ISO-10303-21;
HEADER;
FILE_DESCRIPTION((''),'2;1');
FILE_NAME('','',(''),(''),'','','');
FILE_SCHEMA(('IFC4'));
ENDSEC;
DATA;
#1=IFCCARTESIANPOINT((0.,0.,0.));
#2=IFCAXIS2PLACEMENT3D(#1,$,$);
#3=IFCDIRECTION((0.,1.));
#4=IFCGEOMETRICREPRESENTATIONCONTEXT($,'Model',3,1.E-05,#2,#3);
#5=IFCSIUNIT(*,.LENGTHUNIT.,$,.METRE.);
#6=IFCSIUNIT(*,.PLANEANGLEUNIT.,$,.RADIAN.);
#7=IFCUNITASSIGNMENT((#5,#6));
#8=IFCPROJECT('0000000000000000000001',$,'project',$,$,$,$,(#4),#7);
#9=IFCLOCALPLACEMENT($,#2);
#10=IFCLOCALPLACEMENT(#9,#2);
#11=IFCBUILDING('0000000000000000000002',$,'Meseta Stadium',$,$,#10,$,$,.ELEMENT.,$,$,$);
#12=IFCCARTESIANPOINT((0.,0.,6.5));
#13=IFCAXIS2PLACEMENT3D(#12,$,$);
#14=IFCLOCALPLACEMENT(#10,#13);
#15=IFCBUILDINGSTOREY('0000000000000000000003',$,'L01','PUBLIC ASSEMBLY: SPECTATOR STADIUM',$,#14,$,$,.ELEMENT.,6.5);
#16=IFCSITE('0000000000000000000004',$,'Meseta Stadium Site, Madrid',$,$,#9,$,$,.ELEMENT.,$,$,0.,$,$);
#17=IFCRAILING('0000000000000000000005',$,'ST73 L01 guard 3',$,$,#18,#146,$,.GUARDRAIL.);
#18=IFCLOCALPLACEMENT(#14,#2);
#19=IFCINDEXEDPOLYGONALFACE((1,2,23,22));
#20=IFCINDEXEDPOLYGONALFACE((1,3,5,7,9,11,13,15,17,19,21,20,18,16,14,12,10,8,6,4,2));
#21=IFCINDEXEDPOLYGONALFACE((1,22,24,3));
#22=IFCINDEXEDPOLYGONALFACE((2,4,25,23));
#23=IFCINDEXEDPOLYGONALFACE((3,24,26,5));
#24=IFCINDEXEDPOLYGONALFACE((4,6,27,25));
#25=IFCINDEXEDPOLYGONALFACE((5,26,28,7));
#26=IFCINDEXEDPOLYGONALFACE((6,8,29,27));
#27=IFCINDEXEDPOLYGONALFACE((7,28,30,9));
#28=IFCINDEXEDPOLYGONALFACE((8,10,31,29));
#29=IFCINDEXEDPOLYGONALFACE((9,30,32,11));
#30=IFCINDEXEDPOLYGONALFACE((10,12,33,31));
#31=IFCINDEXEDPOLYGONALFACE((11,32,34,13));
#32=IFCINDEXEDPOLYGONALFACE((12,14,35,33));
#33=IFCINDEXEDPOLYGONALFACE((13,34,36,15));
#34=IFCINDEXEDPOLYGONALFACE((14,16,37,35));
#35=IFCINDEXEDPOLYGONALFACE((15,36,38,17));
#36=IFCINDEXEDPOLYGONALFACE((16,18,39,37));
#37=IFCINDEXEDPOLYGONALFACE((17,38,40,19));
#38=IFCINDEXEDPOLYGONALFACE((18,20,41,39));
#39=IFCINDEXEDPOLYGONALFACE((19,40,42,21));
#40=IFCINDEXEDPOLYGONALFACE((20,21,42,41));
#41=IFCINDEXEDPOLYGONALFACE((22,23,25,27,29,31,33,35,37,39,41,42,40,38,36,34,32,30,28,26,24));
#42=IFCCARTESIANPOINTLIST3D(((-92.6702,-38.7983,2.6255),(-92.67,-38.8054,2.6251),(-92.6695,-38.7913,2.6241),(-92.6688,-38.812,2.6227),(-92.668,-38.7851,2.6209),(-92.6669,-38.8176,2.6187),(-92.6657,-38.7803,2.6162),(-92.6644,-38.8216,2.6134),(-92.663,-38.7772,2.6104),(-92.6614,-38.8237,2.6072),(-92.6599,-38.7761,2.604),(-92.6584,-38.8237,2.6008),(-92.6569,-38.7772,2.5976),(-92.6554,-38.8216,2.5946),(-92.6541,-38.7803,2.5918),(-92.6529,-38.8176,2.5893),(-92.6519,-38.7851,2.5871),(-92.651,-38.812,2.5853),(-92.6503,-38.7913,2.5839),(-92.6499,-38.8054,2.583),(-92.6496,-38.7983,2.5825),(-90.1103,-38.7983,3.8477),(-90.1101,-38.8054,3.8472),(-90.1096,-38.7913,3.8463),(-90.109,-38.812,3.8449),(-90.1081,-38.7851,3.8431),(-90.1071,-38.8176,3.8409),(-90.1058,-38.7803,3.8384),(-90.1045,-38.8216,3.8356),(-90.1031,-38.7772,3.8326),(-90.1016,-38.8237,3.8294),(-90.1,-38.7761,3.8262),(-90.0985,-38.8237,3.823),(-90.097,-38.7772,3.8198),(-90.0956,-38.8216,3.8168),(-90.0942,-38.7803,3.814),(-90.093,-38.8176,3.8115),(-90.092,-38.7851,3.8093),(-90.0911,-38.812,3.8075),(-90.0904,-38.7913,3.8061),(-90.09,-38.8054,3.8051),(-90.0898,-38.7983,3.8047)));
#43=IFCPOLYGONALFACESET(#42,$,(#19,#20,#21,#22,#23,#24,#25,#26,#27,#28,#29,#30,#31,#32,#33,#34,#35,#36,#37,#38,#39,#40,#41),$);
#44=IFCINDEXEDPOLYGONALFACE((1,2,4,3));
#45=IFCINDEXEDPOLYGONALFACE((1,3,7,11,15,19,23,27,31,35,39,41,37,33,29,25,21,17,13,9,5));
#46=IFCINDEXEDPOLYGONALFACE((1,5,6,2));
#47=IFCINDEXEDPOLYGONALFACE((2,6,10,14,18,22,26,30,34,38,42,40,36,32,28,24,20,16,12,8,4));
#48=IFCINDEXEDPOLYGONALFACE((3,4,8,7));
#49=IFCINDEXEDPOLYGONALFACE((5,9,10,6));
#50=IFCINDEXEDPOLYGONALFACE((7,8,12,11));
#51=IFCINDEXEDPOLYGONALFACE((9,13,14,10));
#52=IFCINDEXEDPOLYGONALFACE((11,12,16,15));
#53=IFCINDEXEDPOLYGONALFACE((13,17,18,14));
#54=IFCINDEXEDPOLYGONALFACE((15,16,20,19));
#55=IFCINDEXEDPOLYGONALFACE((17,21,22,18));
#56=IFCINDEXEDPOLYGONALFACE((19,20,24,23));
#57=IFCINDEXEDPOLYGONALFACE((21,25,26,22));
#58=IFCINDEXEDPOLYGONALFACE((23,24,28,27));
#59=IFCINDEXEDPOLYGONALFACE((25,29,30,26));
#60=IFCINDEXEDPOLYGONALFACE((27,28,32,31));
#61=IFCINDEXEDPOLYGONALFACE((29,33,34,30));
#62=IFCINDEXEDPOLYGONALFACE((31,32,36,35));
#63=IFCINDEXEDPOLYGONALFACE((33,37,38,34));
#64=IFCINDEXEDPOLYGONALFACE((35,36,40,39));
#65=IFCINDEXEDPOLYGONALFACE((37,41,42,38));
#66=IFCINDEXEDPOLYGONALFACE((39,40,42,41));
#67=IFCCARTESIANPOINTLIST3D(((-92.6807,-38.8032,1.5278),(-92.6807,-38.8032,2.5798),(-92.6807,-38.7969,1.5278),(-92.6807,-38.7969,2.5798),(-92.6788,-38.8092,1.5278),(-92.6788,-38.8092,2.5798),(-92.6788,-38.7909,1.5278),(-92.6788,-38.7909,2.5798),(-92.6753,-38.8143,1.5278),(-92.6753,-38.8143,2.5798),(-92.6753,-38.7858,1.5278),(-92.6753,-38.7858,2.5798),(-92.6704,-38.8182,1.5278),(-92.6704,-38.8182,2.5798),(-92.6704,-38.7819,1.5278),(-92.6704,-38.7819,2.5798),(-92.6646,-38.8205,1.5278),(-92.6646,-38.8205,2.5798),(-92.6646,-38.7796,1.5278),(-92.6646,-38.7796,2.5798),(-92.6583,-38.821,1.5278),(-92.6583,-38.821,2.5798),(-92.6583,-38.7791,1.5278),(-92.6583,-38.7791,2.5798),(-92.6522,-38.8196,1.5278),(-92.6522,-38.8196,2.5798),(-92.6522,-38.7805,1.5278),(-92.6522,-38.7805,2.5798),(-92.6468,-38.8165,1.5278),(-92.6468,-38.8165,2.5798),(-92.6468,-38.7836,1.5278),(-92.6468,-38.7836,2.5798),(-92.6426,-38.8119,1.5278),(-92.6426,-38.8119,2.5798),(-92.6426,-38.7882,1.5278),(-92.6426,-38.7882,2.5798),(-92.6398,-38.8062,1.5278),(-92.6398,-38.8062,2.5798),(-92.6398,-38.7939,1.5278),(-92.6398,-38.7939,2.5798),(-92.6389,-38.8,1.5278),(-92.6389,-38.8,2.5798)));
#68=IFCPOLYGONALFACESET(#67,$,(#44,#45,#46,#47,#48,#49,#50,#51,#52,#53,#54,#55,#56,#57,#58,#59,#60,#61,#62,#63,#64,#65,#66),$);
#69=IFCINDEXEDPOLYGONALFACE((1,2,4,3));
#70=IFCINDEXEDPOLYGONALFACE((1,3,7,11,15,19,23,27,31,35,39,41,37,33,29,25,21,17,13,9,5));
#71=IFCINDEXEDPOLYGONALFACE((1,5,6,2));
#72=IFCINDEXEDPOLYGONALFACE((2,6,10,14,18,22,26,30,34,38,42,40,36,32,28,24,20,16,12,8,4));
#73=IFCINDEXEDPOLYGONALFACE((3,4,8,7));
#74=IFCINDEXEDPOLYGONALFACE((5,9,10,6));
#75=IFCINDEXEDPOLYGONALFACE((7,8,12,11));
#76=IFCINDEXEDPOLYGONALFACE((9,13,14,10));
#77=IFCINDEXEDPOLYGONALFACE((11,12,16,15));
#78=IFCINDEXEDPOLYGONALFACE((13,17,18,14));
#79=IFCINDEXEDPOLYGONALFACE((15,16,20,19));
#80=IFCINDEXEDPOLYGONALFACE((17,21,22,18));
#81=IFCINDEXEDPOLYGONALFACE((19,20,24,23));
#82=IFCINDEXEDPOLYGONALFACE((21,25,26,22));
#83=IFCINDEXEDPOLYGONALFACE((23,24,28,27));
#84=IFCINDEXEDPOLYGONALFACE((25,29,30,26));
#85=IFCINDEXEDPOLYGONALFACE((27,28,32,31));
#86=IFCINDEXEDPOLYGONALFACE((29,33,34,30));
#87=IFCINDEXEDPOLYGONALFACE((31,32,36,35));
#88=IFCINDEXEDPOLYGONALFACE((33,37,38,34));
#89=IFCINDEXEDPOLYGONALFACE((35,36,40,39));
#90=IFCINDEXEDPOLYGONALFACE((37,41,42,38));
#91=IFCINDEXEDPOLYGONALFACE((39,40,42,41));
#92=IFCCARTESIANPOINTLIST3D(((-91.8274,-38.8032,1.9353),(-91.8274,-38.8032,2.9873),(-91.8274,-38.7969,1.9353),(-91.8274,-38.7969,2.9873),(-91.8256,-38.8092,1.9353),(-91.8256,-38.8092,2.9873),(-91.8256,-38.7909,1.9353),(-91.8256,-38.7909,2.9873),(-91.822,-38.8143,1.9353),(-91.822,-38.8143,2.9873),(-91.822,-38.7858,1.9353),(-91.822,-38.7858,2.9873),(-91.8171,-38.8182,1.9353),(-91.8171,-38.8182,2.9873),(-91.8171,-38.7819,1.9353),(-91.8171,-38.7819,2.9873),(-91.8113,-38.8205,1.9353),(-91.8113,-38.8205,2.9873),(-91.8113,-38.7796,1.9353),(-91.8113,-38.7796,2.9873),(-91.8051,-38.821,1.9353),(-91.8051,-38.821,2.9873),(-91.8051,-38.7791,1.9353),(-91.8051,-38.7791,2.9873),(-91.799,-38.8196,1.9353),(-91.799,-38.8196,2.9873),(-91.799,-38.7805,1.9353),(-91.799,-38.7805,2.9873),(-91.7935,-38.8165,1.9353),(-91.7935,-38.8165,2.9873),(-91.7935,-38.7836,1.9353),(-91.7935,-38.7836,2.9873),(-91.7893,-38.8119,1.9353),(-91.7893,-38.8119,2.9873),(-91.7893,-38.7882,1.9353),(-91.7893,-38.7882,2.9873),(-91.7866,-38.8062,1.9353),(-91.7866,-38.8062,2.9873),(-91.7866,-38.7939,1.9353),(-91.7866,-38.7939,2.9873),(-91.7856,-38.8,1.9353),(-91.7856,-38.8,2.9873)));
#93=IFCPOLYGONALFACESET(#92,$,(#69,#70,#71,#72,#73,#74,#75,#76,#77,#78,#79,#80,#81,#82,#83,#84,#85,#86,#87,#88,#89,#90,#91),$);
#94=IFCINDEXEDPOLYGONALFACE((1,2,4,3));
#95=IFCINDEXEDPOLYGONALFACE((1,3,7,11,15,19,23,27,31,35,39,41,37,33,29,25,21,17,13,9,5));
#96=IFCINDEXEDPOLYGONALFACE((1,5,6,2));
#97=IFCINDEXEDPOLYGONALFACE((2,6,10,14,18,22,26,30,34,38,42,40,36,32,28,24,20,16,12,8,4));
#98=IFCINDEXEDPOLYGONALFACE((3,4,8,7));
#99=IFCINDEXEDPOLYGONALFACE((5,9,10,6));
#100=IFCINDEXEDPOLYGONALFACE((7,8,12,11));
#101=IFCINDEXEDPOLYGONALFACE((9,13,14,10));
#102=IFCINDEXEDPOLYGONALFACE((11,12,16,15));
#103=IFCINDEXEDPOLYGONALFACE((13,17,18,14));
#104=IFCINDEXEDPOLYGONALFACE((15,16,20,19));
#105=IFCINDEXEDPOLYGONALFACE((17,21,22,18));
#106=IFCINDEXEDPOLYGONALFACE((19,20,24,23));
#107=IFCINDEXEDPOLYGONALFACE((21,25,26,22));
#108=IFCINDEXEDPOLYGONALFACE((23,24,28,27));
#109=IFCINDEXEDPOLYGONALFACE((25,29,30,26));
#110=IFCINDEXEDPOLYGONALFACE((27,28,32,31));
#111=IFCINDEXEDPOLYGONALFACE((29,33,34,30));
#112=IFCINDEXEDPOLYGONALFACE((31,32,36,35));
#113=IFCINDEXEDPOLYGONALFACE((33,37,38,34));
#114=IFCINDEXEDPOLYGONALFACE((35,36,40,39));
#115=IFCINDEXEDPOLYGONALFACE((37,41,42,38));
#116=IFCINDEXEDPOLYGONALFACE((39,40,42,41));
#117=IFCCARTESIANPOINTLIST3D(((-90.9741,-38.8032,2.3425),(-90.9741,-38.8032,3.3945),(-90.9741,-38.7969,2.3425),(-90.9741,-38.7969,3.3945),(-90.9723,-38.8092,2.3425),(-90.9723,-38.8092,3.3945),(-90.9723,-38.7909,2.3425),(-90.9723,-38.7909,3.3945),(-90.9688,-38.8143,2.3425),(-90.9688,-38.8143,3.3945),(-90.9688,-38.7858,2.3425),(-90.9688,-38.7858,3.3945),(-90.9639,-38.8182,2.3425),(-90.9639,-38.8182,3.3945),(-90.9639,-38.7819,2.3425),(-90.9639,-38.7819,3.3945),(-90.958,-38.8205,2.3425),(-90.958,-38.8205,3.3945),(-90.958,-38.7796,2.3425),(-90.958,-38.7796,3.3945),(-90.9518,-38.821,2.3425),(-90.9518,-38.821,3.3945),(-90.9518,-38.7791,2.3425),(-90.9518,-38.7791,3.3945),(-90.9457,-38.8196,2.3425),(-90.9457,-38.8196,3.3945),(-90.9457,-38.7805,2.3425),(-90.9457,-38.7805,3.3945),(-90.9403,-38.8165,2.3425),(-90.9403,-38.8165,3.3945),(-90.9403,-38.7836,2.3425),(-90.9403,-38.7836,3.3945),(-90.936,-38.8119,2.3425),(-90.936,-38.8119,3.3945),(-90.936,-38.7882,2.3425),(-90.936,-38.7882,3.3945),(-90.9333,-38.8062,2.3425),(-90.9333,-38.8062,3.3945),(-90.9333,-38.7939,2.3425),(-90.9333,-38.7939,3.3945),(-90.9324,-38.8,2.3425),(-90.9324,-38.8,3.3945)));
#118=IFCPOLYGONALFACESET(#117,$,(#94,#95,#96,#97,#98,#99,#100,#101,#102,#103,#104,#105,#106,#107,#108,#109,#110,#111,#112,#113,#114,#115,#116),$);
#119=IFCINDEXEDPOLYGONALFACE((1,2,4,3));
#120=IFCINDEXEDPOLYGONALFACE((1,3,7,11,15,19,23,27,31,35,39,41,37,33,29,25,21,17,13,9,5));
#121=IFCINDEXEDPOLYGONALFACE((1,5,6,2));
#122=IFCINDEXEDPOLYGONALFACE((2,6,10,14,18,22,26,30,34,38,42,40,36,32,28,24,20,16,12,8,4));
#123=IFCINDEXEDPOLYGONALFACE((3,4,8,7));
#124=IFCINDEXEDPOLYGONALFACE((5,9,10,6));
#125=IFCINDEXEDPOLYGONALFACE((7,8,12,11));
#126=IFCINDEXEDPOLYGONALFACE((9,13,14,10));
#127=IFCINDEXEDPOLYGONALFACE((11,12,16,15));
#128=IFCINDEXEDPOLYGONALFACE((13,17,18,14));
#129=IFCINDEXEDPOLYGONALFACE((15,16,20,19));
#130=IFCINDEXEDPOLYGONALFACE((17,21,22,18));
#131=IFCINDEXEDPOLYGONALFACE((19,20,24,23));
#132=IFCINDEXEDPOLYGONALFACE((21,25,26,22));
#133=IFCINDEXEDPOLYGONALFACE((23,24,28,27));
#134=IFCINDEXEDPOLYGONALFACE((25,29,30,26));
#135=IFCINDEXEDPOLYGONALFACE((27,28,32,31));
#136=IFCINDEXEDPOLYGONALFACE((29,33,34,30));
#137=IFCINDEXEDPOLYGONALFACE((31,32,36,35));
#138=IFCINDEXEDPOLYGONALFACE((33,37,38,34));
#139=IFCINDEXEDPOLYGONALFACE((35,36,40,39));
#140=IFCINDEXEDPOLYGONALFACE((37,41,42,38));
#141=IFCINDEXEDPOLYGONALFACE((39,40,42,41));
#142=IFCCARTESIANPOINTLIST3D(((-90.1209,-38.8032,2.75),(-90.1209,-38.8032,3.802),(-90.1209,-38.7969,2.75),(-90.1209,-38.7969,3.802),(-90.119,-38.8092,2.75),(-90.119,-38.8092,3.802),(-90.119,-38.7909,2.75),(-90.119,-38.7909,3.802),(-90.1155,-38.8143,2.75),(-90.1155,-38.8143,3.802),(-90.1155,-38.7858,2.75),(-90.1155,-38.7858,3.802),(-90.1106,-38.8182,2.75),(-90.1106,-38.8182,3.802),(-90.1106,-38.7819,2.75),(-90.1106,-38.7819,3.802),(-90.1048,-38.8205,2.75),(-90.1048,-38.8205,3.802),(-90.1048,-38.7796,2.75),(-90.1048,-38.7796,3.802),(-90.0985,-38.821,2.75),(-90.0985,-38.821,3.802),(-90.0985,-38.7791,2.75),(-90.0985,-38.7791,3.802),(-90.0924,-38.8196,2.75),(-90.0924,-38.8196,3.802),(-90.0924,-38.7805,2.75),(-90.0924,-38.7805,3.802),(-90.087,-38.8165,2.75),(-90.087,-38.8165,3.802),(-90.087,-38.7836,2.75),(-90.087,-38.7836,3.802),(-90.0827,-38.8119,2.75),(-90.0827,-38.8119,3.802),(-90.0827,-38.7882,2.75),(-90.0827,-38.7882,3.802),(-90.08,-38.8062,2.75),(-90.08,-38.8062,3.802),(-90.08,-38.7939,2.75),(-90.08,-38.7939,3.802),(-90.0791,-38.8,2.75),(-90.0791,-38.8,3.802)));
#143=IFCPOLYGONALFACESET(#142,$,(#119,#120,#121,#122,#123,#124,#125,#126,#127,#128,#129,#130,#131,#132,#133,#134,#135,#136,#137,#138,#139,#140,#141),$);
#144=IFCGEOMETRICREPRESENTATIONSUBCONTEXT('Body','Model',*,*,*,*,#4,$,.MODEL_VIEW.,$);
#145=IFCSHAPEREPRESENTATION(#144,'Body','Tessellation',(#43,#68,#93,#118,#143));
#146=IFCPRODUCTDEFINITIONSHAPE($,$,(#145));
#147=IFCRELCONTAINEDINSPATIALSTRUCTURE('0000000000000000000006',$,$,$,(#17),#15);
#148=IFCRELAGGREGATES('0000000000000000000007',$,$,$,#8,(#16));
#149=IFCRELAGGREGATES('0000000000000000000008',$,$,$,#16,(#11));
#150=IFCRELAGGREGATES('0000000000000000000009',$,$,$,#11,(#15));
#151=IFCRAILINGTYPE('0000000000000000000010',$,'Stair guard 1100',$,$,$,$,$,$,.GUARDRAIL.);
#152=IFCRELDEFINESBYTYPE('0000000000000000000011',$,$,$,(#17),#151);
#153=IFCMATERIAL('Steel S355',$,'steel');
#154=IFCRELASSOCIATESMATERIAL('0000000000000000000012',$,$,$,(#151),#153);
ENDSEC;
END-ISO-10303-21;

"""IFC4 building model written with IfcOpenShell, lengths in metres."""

from ifc_helpers import new_model, si_unit, direction, frame, origin, origin_2d, place, context, subcontext, project, spatial, circle, extrude, material, type_object, element, save


model = new_model("IFC4")

# Units and contexts
model_context = context("Model", 3, precision=1e-05, world=origin(), true_north=direction((0.0, 1.0)))
body_context = subcontext(model_context, "Body", "Model", "MODEL_VIEW")
ifc_project = project(units=[si_unit("LENGTHUNIT", "METRE"), si_unit("PLANEANGLEUNIT", "RADIAN")], contexts=[model_context])

# Site, building, storey
site_placement = place(None, origin())
site = spatial("IfcSite", under=ifc_project, at=site_placement, Name="Meseta Stadium Site, Madrid", CompositionType="ELEMENT", RefElevation=0.0)
building_placement = place(site_placement, origin())
building = spatial("IfcBuilding", under=site, at=building_placement, Name="Meseta Stadium", CompositionType="ELEMENT")
storey_placement = place(building_placement, frame((0.0, 0.0, 6.5)))
storey = spatial("IfcBuildingStorey", under=building, at=storey_placement, Name="L01", Description="PUBLIC ASSEMBLY: SPECTATOR STADIUM", CompositionType="ELEMENT", Elevation=6.5)

# Railing
ifc_material_1 = material(Name="Steel S355", Category="steel")
railing_type_1 = type_object("IfcRailingType", Name="Stair guard 1100", PredefinedType="GUARDRAIL", material=ifc_material_1)
for number, where, name in (
    (1, (-92.6599, -38.8, 1.5278), "ST73 L01 guard 3"),
):
    element("IfcRailing", number, at=place(storey_placement, frame(where)), inside=storey, type_object=railing_type_1, Name=name, PredefinedType="GUARDRAIL", context=body_context, shape_type="SweptSolid", body=[
        extrude(circle(Radius=0.0239, at=origin_2d()), frame((0.0, 0.0, 1.0762), z_axis=(0.902421, 0.0, 0.430855), x_axis=(0.0, 1.0, 0.0)), (0.0, 0.0, 1.0), 2.8367),
        extrude(circle(Radius=0.021, at=origin_2d()), origin(), (0.0, 0.0, 1.0), 1.052),
        extrude(circle(Radius=0.021, at=origin_2d()), frame((0.8533, 0.0, 0.4075)), (0.0, 0.0, 1.0), 1.052),
        extrude(circle(Radius=0.021, at=origin_2d()), frame((1.7065, 0.0, 0.8147)), (0.0, 0.0, 1.0), 1.052),
        extrude(circle(Radius=0.021, at=origin_2d()), frame((2.5598, 0.0, 1.2222)), (0.0, 0.0, 1.0), 1.052),
    ])

save(model, "model.ifc")
